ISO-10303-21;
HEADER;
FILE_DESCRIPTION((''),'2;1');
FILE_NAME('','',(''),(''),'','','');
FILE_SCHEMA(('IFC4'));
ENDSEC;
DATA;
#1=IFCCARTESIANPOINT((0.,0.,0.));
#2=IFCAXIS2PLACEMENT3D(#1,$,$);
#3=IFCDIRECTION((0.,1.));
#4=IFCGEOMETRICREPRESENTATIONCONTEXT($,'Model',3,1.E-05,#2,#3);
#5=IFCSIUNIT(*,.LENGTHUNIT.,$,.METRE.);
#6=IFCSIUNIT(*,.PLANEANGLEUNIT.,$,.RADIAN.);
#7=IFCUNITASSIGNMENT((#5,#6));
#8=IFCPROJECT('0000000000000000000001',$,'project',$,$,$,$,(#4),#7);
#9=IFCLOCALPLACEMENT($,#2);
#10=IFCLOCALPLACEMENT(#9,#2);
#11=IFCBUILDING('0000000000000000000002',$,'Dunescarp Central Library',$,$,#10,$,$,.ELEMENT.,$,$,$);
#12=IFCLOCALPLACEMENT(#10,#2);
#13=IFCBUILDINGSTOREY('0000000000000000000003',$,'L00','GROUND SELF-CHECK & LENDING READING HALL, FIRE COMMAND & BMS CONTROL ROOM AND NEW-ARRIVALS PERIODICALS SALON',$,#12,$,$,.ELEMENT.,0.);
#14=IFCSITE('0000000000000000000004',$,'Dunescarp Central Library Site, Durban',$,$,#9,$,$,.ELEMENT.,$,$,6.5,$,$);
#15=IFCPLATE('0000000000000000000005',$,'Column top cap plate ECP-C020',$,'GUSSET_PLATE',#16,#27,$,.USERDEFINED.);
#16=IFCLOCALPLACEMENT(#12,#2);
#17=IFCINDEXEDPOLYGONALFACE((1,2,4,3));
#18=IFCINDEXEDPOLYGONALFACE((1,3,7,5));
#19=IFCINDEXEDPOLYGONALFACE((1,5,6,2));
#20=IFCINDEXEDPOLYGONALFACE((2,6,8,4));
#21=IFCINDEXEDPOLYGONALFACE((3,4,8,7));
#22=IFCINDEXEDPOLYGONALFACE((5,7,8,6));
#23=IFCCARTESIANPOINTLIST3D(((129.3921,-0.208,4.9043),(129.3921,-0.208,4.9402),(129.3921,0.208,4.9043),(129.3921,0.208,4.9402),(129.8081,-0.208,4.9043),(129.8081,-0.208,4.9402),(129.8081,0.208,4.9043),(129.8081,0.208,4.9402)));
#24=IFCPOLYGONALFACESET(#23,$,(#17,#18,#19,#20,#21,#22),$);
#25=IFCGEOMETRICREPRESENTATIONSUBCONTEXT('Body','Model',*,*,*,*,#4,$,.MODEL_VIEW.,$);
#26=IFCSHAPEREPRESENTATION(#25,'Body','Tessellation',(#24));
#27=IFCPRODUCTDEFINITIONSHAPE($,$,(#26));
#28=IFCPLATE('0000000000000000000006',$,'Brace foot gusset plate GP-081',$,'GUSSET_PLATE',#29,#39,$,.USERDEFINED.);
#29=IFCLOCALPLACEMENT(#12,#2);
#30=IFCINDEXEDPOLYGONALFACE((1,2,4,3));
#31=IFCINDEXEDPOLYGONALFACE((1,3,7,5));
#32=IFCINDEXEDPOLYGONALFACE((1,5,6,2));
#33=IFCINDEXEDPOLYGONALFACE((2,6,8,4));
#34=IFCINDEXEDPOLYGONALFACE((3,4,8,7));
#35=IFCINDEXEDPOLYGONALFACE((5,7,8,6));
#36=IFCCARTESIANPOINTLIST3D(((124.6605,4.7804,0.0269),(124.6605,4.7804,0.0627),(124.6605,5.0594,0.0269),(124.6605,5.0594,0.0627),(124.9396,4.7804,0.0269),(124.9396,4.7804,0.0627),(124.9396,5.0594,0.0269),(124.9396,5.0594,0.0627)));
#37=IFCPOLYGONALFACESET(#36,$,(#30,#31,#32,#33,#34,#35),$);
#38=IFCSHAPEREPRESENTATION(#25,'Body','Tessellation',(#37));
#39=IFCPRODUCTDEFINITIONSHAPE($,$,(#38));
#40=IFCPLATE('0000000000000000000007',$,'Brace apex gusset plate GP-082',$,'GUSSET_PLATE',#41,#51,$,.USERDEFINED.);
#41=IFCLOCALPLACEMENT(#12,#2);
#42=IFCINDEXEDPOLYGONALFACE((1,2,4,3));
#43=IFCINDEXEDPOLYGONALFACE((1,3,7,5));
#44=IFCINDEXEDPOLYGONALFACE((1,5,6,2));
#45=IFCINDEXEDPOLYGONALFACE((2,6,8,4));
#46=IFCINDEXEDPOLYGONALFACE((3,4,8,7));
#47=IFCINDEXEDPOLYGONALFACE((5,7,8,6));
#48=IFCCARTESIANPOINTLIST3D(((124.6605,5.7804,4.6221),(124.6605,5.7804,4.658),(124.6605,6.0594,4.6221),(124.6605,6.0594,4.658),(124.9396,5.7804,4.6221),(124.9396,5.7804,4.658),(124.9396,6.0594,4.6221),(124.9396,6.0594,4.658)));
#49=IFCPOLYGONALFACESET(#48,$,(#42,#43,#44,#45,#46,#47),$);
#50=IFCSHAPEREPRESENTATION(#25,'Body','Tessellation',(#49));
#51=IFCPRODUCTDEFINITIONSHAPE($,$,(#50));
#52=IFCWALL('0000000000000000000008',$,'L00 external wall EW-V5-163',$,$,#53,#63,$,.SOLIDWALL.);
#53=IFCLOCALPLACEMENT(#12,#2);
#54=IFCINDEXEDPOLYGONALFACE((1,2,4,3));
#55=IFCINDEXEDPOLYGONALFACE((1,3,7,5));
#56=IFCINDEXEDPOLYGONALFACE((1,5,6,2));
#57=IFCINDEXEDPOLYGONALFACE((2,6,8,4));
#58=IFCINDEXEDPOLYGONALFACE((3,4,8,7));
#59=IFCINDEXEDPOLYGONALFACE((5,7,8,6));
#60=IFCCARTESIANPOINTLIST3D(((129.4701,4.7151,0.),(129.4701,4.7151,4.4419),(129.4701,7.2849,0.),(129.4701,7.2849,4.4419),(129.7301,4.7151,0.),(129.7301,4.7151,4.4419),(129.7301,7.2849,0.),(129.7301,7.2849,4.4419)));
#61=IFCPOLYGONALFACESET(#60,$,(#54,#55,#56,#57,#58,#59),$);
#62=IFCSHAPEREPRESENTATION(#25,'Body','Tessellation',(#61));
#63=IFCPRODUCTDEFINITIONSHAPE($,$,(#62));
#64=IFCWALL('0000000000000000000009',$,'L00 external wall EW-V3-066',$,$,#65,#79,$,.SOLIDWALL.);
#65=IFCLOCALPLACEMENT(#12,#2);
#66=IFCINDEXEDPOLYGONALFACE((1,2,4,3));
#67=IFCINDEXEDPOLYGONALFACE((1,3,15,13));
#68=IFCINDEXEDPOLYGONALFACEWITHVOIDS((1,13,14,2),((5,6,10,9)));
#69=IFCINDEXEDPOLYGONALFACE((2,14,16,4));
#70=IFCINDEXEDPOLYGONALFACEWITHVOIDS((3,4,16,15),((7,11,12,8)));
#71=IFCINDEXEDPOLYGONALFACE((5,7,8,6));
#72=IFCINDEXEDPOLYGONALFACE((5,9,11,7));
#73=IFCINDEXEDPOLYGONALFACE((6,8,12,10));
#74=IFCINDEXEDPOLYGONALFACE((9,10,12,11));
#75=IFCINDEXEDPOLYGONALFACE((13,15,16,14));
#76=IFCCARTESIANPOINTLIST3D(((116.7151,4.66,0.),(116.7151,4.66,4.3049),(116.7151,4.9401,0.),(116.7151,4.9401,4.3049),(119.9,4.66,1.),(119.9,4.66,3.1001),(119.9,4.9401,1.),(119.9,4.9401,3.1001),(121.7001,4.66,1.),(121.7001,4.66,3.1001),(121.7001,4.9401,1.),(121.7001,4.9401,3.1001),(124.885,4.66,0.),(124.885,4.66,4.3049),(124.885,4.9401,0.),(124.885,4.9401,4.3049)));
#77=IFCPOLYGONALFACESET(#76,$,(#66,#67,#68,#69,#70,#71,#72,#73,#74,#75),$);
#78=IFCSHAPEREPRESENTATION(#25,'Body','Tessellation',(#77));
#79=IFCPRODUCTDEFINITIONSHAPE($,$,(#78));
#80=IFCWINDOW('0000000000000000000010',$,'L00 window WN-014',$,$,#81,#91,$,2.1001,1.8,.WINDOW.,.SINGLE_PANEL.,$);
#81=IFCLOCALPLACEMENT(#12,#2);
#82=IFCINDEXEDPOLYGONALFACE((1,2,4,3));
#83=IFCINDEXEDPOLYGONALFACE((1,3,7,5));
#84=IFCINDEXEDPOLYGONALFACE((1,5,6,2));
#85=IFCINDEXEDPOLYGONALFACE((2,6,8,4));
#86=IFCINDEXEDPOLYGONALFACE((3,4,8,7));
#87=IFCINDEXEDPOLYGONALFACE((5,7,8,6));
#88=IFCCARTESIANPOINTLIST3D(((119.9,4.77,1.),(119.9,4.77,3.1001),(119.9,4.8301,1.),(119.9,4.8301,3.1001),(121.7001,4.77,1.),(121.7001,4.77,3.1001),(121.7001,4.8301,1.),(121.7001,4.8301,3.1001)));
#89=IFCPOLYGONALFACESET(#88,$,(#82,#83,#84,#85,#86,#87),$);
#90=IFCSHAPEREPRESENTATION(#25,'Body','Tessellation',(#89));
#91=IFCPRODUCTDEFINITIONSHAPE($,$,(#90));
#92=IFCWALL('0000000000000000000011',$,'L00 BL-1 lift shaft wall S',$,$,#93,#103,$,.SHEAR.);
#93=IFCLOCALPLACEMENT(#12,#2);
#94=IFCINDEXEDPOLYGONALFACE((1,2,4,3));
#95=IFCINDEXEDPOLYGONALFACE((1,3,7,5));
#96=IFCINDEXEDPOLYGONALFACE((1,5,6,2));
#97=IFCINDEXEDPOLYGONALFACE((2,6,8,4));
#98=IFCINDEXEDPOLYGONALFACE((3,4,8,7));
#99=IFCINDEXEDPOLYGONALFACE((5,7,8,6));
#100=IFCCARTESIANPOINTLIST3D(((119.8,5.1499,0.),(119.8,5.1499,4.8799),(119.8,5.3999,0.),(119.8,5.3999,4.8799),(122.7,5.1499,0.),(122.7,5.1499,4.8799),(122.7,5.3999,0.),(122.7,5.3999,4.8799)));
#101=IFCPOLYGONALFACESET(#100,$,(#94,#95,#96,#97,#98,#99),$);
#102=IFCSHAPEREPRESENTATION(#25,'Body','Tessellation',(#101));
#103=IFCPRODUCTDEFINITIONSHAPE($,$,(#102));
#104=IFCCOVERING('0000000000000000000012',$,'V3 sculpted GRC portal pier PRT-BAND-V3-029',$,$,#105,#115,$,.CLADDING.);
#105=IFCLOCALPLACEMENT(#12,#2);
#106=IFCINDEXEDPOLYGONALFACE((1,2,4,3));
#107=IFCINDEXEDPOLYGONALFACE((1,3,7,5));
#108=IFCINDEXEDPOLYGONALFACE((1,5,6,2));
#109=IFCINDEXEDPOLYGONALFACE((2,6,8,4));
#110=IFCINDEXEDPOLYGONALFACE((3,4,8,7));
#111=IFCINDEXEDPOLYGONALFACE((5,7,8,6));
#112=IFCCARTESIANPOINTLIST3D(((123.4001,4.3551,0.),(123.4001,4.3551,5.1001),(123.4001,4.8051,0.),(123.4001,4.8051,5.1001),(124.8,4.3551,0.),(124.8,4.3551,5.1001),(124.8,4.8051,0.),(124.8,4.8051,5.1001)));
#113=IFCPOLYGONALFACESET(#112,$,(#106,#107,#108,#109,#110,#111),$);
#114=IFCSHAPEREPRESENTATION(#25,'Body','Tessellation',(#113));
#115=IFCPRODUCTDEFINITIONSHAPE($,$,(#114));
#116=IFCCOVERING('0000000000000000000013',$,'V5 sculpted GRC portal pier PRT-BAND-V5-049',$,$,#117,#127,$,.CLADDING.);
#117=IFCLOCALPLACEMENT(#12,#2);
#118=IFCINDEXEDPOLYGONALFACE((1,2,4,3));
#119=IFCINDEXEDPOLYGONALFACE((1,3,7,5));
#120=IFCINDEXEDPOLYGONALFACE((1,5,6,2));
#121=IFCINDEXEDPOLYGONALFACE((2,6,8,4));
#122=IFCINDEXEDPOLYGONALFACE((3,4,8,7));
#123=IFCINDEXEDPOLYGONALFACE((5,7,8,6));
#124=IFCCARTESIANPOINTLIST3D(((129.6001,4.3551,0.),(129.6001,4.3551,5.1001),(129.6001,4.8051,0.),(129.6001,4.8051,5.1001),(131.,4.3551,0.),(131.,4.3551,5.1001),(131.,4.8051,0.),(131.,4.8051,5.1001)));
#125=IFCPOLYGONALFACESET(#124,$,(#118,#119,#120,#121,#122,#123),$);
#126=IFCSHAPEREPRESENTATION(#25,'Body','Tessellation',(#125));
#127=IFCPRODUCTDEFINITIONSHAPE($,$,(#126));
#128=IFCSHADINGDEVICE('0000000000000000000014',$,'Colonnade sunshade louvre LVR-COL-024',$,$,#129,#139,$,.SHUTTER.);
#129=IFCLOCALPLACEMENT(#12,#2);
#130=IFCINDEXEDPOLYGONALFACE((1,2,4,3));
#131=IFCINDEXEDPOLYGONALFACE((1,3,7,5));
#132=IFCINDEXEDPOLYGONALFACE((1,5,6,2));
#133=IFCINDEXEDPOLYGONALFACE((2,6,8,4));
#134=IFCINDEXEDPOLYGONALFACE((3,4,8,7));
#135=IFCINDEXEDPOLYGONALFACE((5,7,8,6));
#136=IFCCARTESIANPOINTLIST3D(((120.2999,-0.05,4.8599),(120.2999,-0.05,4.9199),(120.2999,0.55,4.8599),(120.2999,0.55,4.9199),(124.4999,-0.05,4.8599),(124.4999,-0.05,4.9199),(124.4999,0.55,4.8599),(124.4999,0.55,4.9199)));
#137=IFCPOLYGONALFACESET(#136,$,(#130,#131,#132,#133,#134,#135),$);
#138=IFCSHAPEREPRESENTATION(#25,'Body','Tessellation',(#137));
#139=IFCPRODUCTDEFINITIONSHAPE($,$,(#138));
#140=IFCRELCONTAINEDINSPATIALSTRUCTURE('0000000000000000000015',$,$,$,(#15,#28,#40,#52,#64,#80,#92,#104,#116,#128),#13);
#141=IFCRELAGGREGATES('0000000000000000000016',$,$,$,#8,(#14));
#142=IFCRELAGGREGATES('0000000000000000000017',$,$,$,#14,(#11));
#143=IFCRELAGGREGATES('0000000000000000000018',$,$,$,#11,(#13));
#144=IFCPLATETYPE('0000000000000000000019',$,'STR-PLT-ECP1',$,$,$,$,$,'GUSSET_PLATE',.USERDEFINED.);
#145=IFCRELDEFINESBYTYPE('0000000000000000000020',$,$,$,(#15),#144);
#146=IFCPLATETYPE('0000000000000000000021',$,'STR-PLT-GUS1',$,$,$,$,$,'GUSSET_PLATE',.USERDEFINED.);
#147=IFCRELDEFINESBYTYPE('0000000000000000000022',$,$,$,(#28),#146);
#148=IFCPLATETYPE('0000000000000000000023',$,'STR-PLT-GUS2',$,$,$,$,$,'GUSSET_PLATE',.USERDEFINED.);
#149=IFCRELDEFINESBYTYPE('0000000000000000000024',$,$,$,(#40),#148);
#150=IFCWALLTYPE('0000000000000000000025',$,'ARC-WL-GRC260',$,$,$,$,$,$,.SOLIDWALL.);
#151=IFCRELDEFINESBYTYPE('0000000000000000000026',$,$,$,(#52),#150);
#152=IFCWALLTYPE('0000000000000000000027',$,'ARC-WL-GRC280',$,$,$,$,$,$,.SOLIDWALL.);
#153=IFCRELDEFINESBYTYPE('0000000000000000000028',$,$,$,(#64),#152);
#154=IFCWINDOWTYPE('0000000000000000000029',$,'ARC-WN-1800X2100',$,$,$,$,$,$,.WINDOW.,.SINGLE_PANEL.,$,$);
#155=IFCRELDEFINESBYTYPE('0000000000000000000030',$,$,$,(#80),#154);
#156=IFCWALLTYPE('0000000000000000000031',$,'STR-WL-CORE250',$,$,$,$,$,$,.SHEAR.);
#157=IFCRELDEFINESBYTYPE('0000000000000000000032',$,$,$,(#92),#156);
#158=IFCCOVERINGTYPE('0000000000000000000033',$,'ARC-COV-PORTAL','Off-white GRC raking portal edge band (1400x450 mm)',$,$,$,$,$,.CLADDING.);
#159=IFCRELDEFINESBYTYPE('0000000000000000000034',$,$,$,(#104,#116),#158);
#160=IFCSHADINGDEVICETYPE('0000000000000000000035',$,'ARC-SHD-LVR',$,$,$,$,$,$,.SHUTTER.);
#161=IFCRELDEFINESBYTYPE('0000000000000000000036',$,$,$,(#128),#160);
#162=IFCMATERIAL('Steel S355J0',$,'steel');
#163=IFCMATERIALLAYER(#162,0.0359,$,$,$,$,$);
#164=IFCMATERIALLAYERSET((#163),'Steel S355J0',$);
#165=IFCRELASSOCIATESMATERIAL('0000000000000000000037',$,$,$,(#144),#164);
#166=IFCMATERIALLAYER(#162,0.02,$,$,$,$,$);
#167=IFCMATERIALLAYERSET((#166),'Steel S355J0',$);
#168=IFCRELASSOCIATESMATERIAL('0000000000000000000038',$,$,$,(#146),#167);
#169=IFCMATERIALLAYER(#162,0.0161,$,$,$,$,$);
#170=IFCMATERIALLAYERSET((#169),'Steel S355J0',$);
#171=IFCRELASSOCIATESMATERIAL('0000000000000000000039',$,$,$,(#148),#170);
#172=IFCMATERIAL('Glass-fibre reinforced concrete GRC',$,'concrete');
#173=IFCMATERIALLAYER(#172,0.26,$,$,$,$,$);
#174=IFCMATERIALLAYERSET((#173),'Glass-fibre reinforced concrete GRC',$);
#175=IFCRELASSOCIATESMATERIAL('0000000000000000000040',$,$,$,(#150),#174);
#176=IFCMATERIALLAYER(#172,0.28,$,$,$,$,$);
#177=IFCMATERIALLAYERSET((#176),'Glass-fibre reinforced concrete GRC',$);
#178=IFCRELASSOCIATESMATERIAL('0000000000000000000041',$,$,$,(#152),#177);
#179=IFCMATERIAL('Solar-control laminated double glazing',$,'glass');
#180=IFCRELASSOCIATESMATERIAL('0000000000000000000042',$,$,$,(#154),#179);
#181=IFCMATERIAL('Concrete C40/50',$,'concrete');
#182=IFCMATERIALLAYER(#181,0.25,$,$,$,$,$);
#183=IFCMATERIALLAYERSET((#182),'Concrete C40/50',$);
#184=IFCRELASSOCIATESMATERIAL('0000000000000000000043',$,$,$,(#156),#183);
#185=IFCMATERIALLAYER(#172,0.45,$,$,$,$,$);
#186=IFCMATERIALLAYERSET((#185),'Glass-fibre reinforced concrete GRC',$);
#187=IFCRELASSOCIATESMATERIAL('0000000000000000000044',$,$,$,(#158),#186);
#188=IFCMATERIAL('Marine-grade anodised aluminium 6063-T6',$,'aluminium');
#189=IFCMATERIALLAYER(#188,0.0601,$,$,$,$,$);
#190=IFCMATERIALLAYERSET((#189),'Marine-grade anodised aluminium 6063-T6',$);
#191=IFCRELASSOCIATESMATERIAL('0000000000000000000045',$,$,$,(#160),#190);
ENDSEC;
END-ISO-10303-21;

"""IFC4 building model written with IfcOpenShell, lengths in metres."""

from ifc_helpers import new_model, si_unit, direction, frame, frame_2d, origin, origin_2d, place, context, subcontext, project, spatial, rectangle, extrude, material, layer, layer_set, type_object, element, fill, save


model = new_model("IFC4")

# Units and contexts
model_context = context("Model", 3, precision=1e-05, world=origin(), true_north=direction((0.0, 1.0)))
body_context = subcontext(model_context, "Body", "Model", "MODEL_VIEW")
ifc_project = project(units=[si_unit("LENGTHUNIT", "METRE"), si_unit("PLANEANGLEUNIT", "RADIAN")], contexts=[model_context])

# Site, building, storey
site_placement = place(None, origin())
site = spatial("IfcSite", under=ifc_project, at=site_placement, Name="Dunescarp Central Library Site, Durban", CompositionType="ELEMENT", RefElevation=6.5)
building_placement = place(site_placement, origin())
building = spatial("IfcBuilding", under=site, at=building_placement, Name="Dunescarp Central Library", CompositionType="ELEMENT")
storey_placement = place(building_placement, origin())
storey = spatial("IfcBuildingStorey", under=building, at=storey_placement, Name="L00", Description="GROUND SELF-CHECK & LENDING READING HALL, FIRE COMMAND & BMS CONTROL ROOM AND NEW-ARRIVALS PERIODICALS SALON", CompositionType="ELEMENT", Elevation=0.0)

# Shared definitions
ifc_material_1 = material(Name="Concrete C40/50", Category="concrete")

# Shared definitions
ifc_material_2 = material(Name="Steel S355J0", Category="steel")

# Shared definitions
ifc_material_3 = material(Name="Marine-grade anodised aluminium 6063-T6", Category="aluminium")

# Shared definitions
ifc_material_4 = material(Name="Solar-control laminated double glazing", Category="glass")

# Plates
ifc_layer_1 = layer(ifc_material_2, 0.0359)
ifc_layer_set_1 = layer_set([ifc_layer_1], Name="Steel S355J0")
plate_type_1 = type_object("IfcPlateType", Name="STR-PLT-ECP1", ElementType="GUSSET_PLATE", PredefinedType="USERDEFINED", material=ifc_layer_set_1)
for number, where, z_axis, x_axis, name in (
    (1, (129.6001, 0.0, 4.9043), (0.0, 0.0, 1.0), (1.0, 0.0, 0.0), "Column top cap plate ECP-C020"),
):
    element("IfcPlate", number, at=place(storey_placement, frame(where, z_axis=z_axis, x_axis=x_axis)), inside=storey, type_object=plate_type_1, Name=name, ObjectType="GUSSET_PLATE", PredefinedType="USERDEFINED", context=body_context, shape_type="SweptSolid", body=[
        extrude(rectangle(XDim=0.416, YDim=0.416, at=origin_2d()), origin(), (0.0, 0.0, 1.0), 0.0359),
    ])
ifc_layer_2 = layer(ifc_material_2, 0.02)
ifc_layer_set_2 = layer_set([ifc_layer_2], Name="Steel S355J0")
plate_type_2 = type_object("IfcPlateType", Name="STR-PLT-GUS1", ElementType="GUSSET_PLATE", PredefinedType="USERDEFINED", material=ifc_layer_set_2)
plate_1_placement = place(storey_placement, frame((124.8, 4.9199, 0.0269), z_axis=(0.0, 0.0, 1.0), x_axis=(1.0, 0.0, 0.0)))
element("IfcPlate", 2, at=plate_1_placement, inside=storey, type_object=plate_type_2, Name="Brace foot gusset plate GP-081", ObjectType="GUSSET_PLATE", PredefinedType="USERDEFINED", context=body_context, shape_type="SweptSolid", body=[
    extrude(rectangle(XDim=0.2791, YDim=0.2791, at=origin_2d()), origin(), (0.0, 0.0, 1.0), 0.0359),
])
ifc_layer_3 = layer(ifc_material_2, 0.0161)
ifc_layer_set_3 = layer_set([ifc_layer_3], Name="Steel S355J0")
plate_type_3 = type_object("IfcPlateType", Name="STR-PLT-GUS2", ElementType="GUSSET_PLATE", PredefinedType="USERDEFINED", material=ifc_layer_set_3)
plate_2_placement = place(storey_placement, frame((124.8, 5.9199, 4.6221), z_axis=(0.0, 0.0, 1.0), x_axis=(1.0, 0.0, 0.0)))
element("IfcPlate", 3, at=plate_2_placement, inside=storey, type_object=plate_type_3, Name="Brace apex gusset plate GP-082", ObjectType="GUSSET_PLATE", PredefinedType="USERDEFINED", context=body_context, shape_type="SweptSolid", body=[
    extrude(rectangle(XDim=0.2791, YDim=0.2791, at=origin_2d()), origin(), (0.0, 0.0, 1.0), 0.0359),
])

# Wall
ifc_material_5 = material(Name="Glass-fibre reinforced concrete GRC", Category="concrete")
ifc_layer_4 = layer(ifc_material_5, 0.26)
ifc_layer_set_4 = layer_set([ifc_layer_4], Name="Glass-fibre reinforced concrete GRC")
wall_type_1 = type_object("IfcWallType", Name="ARC-WL-GRC260", PredefinedType="SOLIDWALL", material=ifc_layer_set_4)
wall_1_placement = place(storey_placement, frame((129.6001, 4.7151, 0.0), z_axis=(0.0, 0.0, 1.0), x_axis=(0.0, 1.0, 0.0)))
element("IfcWall", 4, at=wall_1_placement, inside=storey, type_object=wall_type_1, Name="L00 external wall EW-V5-163", PredefinedType="SOLIDWALL", context=body_context, shape_type="SweptSolid", body=[
    extrude(rectangle(XDim=2.5698, YDim=0.26, at=frame_2d((1.2849, 0.0))), origin(), (0.0, 0.0, 1.0), 4.4419),
])

# Wall, opening, window
ifc_layer_5 = layer(ifc_material_5, 0.28)
ifc_layer_set_5 = layer_set([ifc_layer_5], Name="Glass-fibre reinforced concrete GRC")
wall_type_2 = type_object("IfcWallType", Name="ARC-WL-GRC280", PredefinedType="SOLIDWALL", material=ifc_layer_set_5)
wall_2_placement = place(storey_placement, frame((124.885, 4.8, 0.0), z_axis=(0.0, 0.0, 1.0), x_axis=(-1.0, 0.0, 0.0)))
wall_2 = element("IfcWall", 5, at=wall_2_placement, inside=storey, type_object=wall_type_2, Name="L00 external wall EW-V3-066", PredefinedType="SOLIDWALL", context=body_context, shape_type="SweptSolid", body=[
    extrude(rectangle(XDim=8.1699, YDim=0.28, at=frame_2d((4.085, 0.0))), origin(), (0.0, 0.0, 1.0), 4.3049),
])
opening_placement = place(wall_2_placement, frame((3.1851, 0.0, 1.0)))
opening = element("IfcOpeningElement", 6, at=opening_placement, cuts=wall_2, PredefinedType="OPENING", context=body_context, shape_type="SweptSolid", body=[
    extrude(rectangle(XDim=1.8, YDim=2.1001, at=frame_2d((0.8999, 1.05))), frame((0.0, 0.1499, 0.0), z_axis=(0.0, -1.0, 0.0), x_axis=(1.0, 0.0, 0.0)), (0.0, 0.0, 1.0), 0.3),
])
window_type = type_object("IfcWindowType", Name="ARC-WN-1800X2100", PartitioningType="SINGLE_PANEL", PredefinedType="WINDOW", material=ifc_material_4)
window_placement = place(opening_placement, origin())
window = element("IfcWindow", 7, at=window_placement, inside=storey, type_object=window_type, Name="L00 window WN-014", OverallHeight=2.1001, OverallWidth=1.8, PartitioningType="SINGLE_PANEL", PredefinedType="WINDOW", context=body_context, shape_type="SweptSolid", body=[
    extrude(rectangle(XDim=1.8, YDim=2.1001, at=frame_2d((0.8999, 1.05))), frame((0.0, 0.03, 0.0), z_axis=(0.0, -1.0, 0.0), x_axis=(1.0, 0.0, 0.0)), (0.0, 0.0, 1.0), 0.0601),
])
fill(opening, window)

# Wall
ifc_layer_6 = layer(ifc_material_1, 0.25)
ifc_layer_set_6 = layer_set([ifc_layer_6], Name="Concrete C40/50")
wall_type_3 = type_object("IfcWallType", Name="STR-WL-CORE250", PredefinedType="SHEAR", material=ifc_layer_set_6)
wall_3_placement = place(storey_placement, frame((122.7, 5.2749, 0.0), z_axis=(0.0, 0.0, 1.0), x_axis=(-1.0, 0.0, 0.0)))
element("IfcWall", 8, at=wall_3_placement, inside=storey, type_object=wall_type_3, Name="L00 BL-1 lift shaft wall S", PredefinedType="SHEAR", context=body_context, shape_type="SweptSolid", body=[
    extrude(rectangle(XDim=2.8999, YDim=0.25, at=frame_2d((1.45, 0.0))), origin(), (0.0, 0.0, 1.0), 4.8799),
])

# Coverings
ifc_layer_7 = layer(ifc_material_5, 0.45)
ifc_layer_set_7 = layer_set([ifc_layer_7], Name="Glass-fibre reinforced concrete GRC")
covering_type = type_object("IfcCoveringType", Name="ARC-COV-PORTAL", Description="Off-white GRC raking portal edge band (1400x450 mm)", PredefinedType="CLADDING", material=ifc_layer_set_7)
for number, where, z_axis, x_axis, name in (
    (9, (124.1001, 4.5801, 0.0), (0.0, 0.0, 1.0), (1.0, 0.0, 0.0), "V3 sculpted GRC portal pier PRT-BAND-V3-029"),
    (10, (130.3, 4.5801, 0.0), (0.0, 0.0, 1.0), (1.0, 0.0, 0.0), "V5 sculpted GRC portal pier PRT-BAND-V5-049"),
):
    element("IfcCovering", number, at=place(storey_placement, frame(where, z_axis=z_axis, x_axis=x_axis)), inside=storey, type_object=covering_type, Name=name, PredefinedType="CLADDING", context=body_context, shape_type="SweptSolid", body=[
        extrude(rectangle(XDim=1.3999, YDim=0.45, at=origin_2d()), origin(), (0.0, 0.0, 1.0), 5.1001),
    ])

# Shading device
ifc_layer_8 = layer(ifc_material_3, 0.0601)
ifc_layer_set_8 = layer_set([ifc_layer_8], Name="Marine-grade anodised aluminium 6063-T6")
shading_device_type = type_object("IfcShadingDeviceType", Name="ARC-SHD-LVR", PredefinedType="SHUTTER", material=ifc_layer_set_8)
shading_device_placement = place(storey_placement, frame((122.3999, 0.25, 4.8599), z_axis=(0.0, 0.0, 1.0), x_axis=(1.0, 0.0, 0.0)))
element("IfcShadingDevice", 11, at=shading_device_placement, inside=storey, type_object=shading_device_type, Name="Colonnade sunshade louvre LVR-COL-024", PredefinedType="SHUTTER", context=body_context, shape_type="SweptSolid", body=[
    extrude(rectangle(XDim=4.2, YDim=0.6001, at=origin_2d()), origin(), (0.0, 0.0, 1.0), 0.0601),
])

save(model, "model.ifc")
